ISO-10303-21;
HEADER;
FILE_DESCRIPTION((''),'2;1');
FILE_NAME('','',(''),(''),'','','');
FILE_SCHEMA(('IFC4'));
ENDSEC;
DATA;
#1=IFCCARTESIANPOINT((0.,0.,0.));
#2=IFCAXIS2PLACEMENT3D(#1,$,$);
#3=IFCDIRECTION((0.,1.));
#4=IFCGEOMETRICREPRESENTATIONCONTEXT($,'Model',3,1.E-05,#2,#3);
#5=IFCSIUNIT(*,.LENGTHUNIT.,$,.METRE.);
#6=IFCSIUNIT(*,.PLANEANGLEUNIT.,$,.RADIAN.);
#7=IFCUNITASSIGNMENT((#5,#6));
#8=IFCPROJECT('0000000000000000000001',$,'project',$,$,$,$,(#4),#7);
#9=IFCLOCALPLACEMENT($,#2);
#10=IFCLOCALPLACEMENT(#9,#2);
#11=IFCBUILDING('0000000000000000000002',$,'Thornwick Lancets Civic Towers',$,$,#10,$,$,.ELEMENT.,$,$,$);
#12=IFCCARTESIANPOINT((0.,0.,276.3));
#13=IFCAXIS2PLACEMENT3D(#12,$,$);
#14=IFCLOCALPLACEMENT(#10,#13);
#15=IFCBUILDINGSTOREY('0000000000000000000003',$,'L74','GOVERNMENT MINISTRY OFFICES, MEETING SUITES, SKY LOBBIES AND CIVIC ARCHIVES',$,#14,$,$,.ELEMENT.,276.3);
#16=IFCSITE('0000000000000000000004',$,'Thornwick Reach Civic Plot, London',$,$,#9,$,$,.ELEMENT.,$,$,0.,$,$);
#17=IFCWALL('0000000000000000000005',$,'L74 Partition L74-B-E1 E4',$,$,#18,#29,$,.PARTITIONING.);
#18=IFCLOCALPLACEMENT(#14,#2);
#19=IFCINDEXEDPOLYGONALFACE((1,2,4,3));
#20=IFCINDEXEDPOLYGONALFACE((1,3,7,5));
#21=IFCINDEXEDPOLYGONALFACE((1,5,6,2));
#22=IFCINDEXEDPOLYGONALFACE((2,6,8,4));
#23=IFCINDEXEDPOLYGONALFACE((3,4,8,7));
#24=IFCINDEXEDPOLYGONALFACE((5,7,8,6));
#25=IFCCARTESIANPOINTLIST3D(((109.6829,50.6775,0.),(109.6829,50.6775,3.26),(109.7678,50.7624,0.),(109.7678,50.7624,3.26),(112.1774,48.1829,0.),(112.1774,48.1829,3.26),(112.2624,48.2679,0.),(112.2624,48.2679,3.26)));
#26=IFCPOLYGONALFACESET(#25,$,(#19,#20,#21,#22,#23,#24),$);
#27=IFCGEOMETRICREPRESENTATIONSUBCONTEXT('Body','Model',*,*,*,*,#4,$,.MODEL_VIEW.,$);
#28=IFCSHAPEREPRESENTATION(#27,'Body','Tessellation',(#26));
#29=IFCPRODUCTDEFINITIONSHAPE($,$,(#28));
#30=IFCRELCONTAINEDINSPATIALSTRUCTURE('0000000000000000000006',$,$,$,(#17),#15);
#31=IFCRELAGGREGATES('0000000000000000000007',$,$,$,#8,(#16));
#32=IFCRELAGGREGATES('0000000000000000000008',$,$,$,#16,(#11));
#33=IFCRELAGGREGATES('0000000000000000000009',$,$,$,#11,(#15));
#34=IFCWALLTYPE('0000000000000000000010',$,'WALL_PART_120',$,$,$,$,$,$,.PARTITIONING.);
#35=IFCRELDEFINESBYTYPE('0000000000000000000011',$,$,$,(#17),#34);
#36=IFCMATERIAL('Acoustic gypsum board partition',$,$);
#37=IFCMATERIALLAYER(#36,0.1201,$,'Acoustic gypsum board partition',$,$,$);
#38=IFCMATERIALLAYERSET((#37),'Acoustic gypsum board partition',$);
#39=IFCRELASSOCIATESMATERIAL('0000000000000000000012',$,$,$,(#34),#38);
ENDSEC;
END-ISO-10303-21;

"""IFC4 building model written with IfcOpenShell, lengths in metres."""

from ifc_helpers import new_model, si_unit, direction, frame, frame_2d, origin, place, context, subcontext, project, spatial, rectangle, extrude, material, layer, layer_set, type_object, element, save


model = new_model("IFC4")

# Units and contexts
model_context = context("Model", 3, precision=1e-05, world=origin(), true_north=direction((0.0, 1.0)))
body_context = subcontext(model_context, "Body", "Model", "MODEL_VIEW")
ifc_project = project(units=[si_unit("LENGTHUNIT", "METRE"), si_unit("PLANEANGLEUNIT", "RADIAN")], contexts=[model_context])

# Site, building, storey
site_placement = place(None, origin())
site = spatial("IfcSite", under=ifc_project, at=site_placement, Name="Thornwick Reach Civic Plot, London", CompositionType="ELEMENT", RefElevation=0.0)
building_placement = place(site_placement, origin())
building = spatial("IfcBuilding", under=site, at=building_placement, Name="Thornwick Lancets Civic Towers", CompositionType="ELEMENT")
storey_placement = place(building_placement, frame((0.0, 0.0, 276.3)))
storey = spatial("IfcBuildingStorey", under=building, at=storey_placement, Name="L74", Description="GOVERNMENT MINISTRY OFFICES, MEETING SUITES, SKY LOBBIES AND CIVIC ARCHIVES", CompositionType="ELEMENT", Elevation=276.3)

# Wall
ifc_material_1 = material(Name="Acoustic gypsum board partition")
ifc_layer_1 = layer(ifc_material_1, 0.1201, Name="Acoustic gypsum board partition")
ifc_layer_set_1 = layer_set([ifc_layer_1], Name="Acoustic gypsum board partition")
wall_type_1 = type_object("IfcWallType", Name="WALL_PART_120", PredefinedType="PARTITIONING", material=ifc_layer_set_1)
wall_1_placement = place(storey_placement, frame((109.7253, 50.72, 0.0), z_axis=(0.0, 0.0, 1.0), x_axis=(0.707107, -0.707107, 0.0)))
element("IfcWall", 1, at=wall_1_placement, inside=storey, type_object=wall_type_1, Name="L74 Partition L74-B-E1 E4", PredefinedType="PARTITIONING", context=body_context, shape_type="SweptSolid", body=[
    extrude(rectangle(XDim=3.5278, YDim=0.1201, at=frame_2d((1.7639, 0.0))), origin(), (0.0, 0.0, 1.0), 3.26),
])

save(model, "model.ifc")
